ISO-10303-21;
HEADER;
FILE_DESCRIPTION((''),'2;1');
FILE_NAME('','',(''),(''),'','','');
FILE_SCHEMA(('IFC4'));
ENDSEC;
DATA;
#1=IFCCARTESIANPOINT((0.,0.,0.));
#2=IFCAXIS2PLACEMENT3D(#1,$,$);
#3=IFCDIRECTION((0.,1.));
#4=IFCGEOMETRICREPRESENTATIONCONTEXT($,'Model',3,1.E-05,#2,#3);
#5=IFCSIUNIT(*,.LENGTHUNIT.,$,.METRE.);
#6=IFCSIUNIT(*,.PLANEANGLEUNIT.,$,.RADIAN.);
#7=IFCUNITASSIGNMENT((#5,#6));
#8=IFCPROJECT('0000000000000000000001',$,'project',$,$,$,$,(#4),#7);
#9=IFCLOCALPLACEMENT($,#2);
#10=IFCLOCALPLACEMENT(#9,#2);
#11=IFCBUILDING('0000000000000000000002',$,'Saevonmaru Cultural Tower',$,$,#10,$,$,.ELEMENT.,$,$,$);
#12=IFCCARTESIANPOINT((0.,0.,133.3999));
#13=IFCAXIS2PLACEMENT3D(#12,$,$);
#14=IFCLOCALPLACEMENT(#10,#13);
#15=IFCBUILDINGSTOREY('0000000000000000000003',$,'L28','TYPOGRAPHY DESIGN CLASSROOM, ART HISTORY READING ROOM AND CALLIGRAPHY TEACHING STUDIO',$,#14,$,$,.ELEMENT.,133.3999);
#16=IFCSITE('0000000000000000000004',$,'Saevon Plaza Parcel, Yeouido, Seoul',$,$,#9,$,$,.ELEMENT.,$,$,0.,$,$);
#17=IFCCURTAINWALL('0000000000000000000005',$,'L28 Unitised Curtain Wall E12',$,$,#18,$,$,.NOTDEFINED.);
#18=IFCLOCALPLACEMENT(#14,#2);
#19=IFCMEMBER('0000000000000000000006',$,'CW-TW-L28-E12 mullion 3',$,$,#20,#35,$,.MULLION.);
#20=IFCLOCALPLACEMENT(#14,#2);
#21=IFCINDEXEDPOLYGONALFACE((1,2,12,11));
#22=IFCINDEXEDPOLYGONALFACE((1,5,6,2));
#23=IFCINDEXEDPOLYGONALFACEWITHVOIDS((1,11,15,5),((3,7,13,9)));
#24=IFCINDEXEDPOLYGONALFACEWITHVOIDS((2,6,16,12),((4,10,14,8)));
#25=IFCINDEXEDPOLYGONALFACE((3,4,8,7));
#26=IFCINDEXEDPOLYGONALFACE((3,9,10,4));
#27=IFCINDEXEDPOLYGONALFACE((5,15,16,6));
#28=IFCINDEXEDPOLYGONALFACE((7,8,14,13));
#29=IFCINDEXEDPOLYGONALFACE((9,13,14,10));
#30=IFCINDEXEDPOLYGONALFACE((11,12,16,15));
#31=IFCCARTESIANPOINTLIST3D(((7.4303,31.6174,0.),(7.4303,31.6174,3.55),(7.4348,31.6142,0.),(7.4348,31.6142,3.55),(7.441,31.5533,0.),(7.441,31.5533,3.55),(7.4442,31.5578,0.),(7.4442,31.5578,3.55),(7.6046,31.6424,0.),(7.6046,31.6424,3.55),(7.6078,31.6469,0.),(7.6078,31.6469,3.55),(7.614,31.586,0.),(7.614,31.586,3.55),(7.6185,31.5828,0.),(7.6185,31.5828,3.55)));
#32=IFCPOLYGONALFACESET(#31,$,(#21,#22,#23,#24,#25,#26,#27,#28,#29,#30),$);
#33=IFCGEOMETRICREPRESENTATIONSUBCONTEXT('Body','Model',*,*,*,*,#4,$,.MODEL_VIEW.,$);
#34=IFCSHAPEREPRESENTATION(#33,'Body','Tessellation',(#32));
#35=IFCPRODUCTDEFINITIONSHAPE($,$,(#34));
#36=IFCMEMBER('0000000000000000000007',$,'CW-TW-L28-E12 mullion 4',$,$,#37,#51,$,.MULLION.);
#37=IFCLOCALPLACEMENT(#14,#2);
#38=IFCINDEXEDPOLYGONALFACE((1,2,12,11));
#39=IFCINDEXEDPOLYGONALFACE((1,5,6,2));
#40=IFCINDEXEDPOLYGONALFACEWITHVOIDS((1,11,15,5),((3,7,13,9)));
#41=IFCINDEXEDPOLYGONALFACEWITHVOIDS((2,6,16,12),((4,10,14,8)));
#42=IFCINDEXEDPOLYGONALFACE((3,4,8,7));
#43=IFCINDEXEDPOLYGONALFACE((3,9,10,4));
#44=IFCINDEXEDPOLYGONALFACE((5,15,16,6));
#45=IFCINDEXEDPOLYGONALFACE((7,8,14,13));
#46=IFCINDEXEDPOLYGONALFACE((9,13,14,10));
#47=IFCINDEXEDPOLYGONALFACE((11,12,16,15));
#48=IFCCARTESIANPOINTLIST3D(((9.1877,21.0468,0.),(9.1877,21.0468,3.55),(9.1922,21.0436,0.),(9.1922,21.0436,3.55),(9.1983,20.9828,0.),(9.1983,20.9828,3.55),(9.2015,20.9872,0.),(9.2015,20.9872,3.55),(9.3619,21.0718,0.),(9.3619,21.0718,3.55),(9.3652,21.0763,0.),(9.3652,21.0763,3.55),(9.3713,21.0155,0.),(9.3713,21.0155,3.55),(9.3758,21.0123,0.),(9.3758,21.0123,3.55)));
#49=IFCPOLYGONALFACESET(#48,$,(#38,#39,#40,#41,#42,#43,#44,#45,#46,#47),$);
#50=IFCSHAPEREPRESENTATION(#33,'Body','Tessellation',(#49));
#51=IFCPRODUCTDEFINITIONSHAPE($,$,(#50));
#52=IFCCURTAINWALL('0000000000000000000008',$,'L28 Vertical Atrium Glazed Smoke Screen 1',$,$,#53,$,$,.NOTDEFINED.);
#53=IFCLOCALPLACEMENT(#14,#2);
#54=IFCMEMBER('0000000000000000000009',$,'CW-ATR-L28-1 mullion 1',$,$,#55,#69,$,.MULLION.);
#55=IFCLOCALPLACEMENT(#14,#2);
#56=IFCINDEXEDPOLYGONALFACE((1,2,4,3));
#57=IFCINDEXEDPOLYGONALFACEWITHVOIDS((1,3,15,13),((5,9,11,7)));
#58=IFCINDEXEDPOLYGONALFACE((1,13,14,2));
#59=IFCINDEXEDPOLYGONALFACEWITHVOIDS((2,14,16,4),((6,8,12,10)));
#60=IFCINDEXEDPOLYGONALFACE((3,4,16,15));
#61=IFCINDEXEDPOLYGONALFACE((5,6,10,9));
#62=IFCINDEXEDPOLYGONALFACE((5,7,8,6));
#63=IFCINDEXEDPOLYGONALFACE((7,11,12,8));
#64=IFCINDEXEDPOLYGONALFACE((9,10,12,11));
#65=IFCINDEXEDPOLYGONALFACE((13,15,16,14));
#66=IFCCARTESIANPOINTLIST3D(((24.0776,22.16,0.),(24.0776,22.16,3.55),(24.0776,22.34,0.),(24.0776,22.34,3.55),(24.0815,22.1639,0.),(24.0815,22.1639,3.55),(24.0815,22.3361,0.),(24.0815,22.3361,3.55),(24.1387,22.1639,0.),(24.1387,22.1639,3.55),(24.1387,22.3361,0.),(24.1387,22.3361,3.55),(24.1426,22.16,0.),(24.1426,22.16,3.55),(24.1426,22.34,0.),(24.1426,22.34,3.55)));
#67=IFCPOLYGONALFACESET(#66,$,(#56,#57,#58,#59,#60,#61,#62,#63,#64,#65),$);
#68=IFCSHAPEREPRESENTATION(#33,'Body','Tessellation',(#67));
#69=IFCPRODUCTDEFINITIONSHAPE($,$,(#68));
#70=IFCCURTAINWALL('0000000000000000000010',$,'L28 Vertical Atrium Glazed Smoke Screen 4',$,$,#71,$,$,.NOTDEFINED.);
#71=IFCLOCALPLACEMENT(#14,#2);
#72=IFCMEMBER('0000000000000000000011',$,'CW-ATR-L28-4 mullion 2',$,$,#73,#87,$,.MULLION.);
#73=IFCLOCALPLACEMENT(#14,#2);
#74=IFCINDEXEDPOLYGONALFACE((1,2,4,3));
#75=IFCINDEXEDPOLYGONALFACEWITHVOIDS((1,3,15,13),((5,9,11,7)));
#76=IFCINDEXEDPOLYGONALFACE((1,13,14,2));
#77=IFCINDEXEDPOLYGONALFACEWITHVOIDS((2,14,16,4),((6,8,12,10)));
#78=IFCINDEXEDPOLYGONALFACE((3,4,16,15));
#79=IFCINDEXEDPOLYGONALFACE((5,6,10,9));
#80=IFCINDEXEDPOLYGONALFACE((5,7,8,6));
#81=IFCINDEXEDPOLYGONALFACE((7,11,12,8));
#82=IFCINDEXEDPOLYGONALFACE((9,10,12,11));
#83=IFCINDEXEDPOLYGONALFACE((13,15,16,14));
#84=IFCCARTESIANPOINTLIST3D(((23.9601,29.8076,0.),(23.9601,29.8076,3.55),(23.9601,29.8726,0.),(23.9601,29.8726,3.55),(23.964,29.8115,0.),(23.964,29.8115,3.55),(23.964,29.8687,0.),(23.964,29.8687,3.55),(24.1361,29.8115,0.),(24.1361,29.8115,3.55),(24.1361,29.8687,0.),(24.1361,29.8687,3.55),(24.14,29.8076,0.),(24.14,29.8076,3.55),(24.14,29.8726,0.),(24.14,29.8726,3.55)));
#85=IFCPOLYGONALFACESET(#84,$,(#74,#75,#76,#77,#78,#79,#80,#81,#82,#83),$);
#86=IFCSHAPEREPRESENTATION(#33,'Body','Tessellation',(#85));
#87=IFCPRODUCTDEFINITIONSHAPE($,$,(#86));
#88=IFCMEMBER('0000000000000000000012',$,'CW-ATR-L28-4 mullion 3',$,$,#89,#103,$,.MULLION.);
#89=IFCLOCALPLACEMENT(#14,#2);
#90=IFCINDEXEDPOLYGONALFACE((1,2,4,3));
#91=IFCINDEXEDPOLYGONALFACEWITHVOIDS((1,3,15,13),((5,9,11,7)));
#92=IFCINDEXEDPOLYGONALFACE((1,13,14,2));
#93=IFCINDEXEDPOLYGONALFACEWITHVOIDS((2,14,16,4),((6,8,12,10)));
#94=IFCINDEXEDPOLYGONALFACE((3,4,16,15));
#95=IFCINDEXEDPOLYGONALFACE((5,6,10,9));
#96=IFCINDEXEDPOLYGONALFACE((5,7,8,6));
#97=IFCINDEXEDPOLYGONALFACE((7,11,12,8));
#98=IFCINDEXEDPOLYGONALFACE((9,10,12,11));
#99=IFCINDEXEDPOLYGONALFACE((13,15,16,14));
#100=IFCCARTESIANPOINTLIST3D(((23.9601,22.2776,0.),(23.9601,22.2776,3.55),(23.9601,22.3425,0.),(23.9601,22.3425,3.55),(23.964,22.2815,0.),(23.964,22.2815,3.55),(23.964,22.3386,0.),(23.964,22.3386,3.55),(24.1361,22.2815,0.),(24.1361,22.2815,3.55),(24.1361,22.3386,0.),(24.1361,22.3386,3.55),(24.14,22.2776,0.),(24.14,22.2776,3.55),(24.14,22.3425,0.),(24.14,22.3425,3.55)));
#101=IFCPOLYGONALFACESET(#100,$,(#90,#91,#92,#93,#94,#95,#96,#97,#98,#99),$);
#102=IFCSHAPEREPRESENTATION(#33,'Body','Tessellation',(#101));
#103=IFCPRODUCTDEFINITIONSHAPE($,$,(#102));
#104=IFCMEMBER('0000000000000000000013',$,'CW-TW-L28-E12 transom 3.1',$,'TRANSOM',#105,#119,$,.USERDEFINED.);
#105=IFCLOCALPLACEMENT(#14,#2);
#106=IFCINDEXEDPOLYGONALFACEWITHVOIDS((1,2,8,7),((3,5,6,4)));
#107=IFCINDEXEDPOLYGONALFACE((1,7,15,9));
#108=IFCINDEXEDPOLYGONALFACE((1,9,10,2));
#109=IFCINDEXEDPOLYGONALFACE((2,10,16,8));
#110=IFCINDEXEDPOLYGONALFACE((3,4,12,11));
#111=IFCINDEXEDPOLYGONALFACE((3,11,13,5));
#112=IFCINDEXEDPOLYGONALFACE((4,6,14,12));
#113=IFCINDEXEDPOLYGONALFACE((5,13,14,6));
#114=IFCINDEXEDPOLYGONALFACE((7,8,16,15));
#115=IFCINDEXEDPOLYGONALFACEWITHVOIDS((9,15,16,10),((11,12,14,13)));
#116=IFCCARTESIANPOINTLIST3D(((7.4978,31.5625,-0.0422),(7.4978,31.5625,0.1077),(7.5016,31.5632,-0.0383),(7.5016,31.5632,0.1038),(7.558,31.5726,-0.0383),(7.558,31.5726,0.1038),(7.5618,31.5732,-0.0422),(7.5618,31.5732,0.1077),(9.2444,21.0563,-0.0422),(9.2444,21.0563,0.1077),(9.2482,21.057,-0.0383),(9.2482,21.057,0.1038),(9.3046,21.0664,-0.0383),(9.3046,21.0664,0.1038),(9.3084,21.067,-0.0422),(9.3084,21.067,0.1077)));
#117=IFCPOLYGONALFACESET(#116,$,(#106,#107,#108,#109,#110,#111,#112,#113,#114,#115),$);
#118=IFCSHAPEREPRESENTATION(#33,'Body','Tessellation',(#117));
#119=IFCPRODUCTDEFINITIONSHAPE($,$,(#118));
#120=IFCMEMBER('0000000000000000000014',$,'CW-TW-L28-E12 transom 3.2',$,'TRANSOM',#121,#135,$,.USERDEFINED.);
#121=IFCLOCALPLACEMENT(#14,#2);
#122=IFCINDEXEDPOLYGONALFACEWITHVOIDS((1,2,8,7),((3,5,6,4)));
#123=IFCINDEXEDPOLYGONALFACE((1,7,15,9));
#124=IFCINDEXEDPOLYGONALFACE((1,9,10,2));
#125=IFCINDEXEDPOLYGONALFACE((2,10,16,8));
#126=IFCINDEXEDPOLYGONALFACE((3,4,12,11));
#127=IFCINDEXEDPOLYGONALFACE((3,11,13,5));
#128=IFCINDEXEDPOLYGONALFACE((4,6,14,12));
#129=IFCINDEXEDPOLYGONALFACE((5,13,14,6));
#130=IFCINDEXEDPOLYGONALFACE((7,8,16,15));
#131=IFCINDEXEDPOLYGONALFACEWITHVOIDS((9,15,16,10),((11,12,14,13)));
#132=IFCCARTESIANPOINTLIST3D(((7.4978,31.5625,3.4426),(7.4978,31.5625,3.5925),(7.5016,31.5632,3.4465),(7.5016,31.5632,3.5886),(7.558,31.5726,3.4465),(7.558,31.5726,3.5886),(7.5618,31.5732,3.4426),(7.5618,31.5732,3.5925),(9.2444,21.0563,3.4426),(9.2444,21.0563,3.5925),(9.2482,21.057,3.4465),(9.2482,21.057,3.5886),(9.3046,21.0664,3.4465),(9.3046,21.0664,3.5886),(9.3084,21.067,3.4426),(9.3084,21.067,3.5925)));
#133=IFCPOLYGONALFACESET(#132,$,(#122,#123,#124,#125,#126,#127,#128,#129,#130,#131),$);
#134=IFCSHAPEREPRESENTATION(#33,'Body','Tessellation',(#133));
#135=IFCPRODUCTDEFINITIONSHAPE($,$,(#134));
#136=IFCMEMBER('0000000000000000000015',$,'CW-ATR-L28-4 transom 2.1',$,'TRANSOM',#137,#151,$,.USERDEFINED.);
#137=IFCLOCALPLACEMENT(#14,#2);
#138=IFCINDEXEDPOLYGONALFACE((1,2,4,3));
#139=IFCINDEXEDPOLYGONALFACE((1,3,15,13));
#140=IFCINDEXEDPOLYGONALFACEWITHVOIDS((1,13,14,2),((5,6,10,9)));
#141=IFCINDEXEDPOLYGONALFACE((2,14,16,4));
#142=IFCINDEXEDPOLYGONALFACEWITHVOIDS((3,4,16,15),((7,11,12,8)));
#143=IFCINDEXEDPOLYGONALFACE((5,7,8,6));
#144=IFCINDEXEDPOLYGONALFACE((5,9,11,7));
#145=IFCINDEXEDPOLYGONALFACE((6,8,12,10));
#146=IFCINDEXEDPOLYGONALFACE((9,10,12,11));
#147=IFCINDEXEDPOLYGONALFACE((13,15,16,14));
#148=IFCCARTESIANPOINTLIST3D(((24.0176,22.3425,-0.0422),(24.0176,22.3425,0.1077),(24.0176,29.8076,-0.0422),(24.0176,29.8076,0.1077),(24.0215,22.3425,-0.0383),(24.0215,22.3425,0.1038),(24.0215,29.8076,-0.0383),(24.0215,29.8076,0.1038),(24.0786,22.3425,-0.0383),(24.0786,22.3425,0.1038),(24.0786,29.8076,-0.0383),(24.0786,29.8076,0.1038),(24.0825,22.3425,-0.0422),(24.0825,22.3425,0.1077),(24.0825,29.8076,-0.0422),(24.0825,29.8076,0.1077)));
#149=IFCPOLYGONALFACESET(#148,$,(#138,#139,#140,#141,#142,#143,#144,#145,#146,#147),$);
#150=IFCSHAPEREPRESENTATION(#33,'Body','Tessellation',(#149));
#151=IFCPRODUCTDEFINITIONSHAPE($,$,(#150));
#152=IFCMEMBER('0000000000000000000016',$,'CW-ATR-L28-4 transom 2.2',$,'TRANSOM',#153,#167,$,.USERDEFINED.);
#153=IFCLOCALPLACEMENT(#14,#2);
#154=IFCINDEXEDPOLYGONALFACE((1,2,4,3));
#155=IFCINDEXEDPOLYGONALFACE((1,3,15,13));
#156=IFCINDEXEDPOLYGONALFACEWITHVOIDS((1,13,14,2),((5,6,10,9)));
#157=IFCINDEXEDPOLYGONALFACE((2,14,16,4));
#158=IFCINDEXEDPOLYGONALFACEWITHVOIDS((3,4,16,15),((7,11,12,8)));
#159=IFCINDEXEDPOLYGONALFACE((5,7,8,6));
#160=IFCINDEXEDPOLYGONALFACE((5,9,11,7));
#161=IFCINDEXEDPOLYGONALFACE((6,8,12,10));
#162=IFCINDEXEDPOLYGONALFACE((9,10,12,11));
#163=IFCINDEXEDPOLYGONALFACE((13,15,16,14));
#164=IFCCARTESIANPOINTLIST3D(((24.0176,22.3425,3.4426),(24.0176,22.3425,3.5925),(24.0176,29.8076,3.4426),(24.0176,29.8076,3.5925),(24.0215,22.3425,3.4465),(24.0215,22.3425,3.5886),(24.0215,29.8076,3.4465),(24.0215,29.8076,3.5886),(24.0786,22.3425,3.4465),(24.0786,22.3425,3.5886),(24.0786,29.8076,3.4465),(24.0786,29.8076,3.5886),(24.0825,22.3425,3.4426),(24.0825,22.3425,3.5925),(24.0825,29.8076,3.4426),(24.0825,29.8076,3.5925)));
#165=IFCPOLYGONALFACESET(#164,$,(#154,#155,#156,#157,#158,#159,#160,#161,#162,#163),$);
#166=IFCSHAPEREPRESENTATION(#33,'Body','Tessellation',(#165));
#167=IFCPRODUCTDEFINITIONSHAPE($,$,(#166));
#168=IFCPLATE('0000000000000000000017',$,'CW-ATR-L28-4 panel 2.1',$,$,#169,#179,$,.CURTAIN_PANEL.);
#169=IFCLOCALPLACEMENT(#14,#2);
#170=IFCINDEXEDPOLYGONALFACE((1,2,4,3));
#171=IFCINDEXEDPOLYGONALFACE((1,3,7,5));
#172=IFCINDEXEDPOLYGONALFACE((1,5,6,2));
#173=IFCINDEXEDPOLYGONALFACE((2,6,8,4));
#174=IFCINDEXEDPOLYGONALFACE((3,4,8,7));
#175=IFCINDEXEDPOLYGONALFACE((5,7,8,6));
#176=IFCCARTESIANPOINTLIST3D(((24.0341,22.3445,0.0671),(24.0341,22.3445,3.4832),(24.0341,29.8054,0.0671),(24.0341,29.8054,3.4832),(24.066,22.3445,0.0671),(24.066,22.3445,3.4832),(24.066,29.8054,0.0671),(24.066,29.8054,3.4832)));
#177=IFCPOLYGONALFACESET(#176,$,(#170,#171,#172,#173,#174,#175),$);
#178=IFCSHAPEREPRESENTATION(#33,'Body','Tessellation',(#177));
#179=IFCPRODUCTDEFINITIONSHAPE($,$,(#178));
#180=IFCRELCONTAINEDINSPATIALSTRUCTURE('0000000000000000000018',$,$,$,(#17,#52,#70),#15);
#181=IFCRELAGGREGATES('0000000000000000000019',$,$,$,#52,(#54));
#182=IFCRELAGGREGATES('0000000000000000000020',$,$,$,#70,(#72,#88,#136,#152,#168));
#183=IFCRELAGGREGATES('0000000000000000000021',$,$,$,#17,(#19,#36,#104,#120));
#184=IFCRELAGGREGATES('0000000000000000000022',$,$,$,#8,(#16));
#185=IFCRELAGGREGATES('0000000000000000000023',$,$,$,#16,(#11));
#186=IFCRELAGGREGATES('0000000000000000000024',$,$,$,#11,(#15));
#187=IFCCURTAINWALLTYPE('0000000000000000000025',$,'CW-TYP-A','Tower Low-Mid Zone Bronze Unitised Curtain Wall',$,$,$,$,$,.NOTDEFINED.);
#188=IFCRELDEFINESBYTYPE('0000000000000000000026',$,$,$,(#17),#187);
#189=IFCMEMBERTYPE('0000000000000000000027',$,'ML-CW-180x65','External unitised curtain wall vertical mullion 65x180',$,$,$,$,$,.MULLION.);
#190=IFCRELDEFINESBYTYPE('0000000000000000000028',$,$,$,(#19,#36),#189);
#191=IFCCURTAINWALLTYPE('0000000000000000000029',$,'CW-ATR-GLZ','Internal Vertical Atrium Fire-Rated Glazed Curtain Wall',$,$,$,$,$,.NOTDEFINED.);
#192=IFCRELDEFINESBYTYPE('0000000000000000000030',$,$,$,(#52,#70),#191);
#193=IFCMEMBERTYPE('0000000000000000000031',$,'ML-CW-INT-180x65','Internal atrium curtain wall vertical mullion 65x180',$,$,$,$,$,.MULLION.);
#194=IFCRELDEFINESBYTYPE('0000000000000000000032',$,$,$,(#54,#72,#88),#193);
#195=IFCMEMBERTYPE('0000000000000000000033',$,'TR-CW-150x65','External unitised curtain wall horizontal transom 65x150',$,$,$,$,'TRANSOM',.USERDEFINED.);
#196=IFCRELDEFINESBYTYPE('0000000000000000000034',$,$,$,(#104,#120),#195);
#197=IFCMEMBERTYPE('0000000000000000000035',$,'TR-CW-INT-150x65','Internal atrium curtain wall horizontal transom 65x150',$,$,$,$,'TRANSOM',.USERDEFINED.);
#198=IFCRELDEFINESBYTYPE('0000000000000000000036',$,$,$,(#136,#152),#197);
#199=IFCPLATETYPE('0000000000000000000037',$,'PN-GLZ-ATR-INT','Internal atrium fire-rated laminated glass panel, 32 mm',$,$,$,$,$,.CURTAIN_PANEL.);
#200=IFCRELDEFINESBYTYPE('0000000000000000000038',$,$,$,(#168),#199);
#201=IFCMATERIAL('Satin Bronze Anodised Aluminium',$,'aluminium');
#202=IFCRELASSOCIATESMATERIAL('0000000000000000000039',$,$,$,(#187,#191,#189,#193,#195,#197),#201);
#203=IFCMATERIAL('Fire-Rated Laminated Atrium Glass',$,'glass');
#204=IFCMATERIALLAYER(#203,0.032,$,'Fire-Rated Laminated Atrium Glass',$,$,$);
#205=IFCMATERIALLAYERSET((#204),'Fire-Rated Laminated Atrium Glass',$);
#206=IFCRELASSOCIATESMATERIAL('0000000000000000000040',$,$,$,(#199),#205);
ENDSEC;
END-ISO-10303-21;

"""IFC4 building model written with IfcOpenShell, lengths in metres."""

from ifc_helpers import new_model, si_unit, direction, frame, origin, origin_2d, place, context, subcontext, project, spatial, rectangle, hollow_rectangle, extrude, material, layer, layer_set, material_profile, profile_set, type_object, element, aggregate, save


model = new_model("IFC4")

# Units and contexts
model_context = context("Model", 3, precision=1e-05, world=origin(), true_north=direction((0.0, 1.0)))
body_context = subcontext(model_context, "Body", "Model", "MODEL_VIEW")
ifc_project = project(units=[si_unit("LENGTHUNIT", "METRE"), si_unit("PLANEANGLEUNIT", "RADIAN")], contexts=[model_context])

# Site, building, storey
site_placement = place(None, origin())
site = spatial("IfcSite", under=ifc_project, at=site_placement, Name="Saevon Plaza Parcel, Yeouido, Seoul", CompositionType="ELEMENT", RefElevation=0.0)
building_placement = place(site_placement, origin())
building = spatial("IfcBuilding", under=site, at=building_placement, Name="Saevonmaru Cultural Tower", CompositionType="ELEMENT")
storey_placement = place(building_placement, frame((0.0, 0.0, 133.3999)))
storey = spatial("IfcBuildingStorey", under=building, at=storey_placement, Name="L28", Description="TYPOGRAPHY DESIGN CLASSROOM, ART HISTORY READING ROOM AND CALLIGRAPHY TEACHING STUDIO", CompositionType="ELEMENT", Elevation=133.3999)

# Curtain wall, members
ifc_material_1 = material(Name="Satin Bronze Anodised Aluminium", Category="aluminium")
curtain_wall_type_1 = type_object("IfcCurtainWallType", Name="CW-TYP-A", Description="Tower Low-Mid Zone Bronze Unitised Curtain Wall", PredefinedType="NOTDEFINED", material=ifc_material_1)
curtain_wall_1_placement = place(storey_placement, origin())
curtain_wall_1 = element("IfcCurtainWall", 1, at=curtain_wall_1_placement, inside=storey, type_object=curtain_wall_type_1, Name="L28 Unitised Curtain Wall E12", PredefinedType="NOTDEFINED")
ifc_material_profile_1 = material_profile(ifc_material_1, hollow_rectangle(XDim=0.0649, YDim=0.1799, WallThickness=0.0039, at=origin_2d()), Name="ALU-MULL-180x65x4")
ifc_profile_set_1 = profile_set([ifc_material_profile_1], Name="Satin Bronze Anodised Aluminium")
member_type_1 = type_object("IfcMemberType", Name="ML-CW-180x65", Description="External unitised curtain wall vertical mullion 65x180", PredefinedType="MULLION", material=ifc_profile_set_1)
member_1_placement = place(storey_placement, frame((7.5244, 31.6001, 0.0), z_axis=(0.0, 0.0, 1.0), x_axis=(0.163999, -0.986461, 0.0)))
member_1 = element("IfcMember", 2, at=member_1_placement, type_object=member_type_1, Name="CW-TW-L28-E12 mullion 3", PredefinedType="MULLION", context=body_context, shape_type="SweptSolid", body=[
    extrude(hollow_rectangle(XDim=0.0649, YDim=0.1799, WallThickness=0.0039, at=origin_2d()), origin(), (0.0, 0.0, 1.0), 3.55),
])
member_2_placement = place(storey_placement, frame((9.2817, 21.0295, 0.0), z_axis=(0.0, 0.0, 1.0), x_axis=(0.163999, -0.986461, 0.0)))
member_2 = element("IfcMember", 3, at=member_2_placement, type_object=member_type_1, Name="CW-TW-L28-E12 mullion 4", PredefinedType="MULLION", context=body_context, shape_type="SweptSolid", body=[
    extrude(hollow_rectangle(XDim=0.0649, YDim=0.1799, WallThickness=0.0039, at=origin_2d()), origin(), (0.0, 0.0, 1.0), 3.55),
])

# Curtain wall, member
curtain_wall_type_2 = type_object("IfcCurtainWallType", Name="CW-ATR-GLZ", Description="Internal Vertical Atrium Fire-Rated Glazed Curtain Wall", PredefinedType="NOTDEFINED", material=ifc_material_1)
curtain_wall_2_placement = place(storey_placement, origin())
curtain_wall_2 = element("IfcCurtainWall", 4, at=curtain_wall_2_placement, inside=storey, type_object=curtain_wall_type_2, Name="L28 Vertical Atrium Glazed Smoke Screen 1", PredefinedType="NOTDEFINED")
ifc_material_profile_2 = material_profile(ifc_material_1, hollow_rectangle(XDim=0.0649, YDim=0.1799, WallThickness=0.0039, at=origin_2d()), Name="ALU-MULL-180x65x4")
ifc_profile_set_2 = profile_set([ifc_material_profile_2], Name="Satin Bronze Anodised Aluminium")
member_type_2 = type_object("IfcMemberType", Name="ML-CW-INT-180x65", Description="Internal atrium curtain wall vertical mullion 65x180", PredefinedType="MULLION", material=ifc_profile_set_2)
member_3_placement = place(storey_placement, frame((24.1101, 22.25, 0.0), z_axis=(0.0, 0.0, 1.0), x_axis=(1.0, 0.0, 0.0)))
member_3 = element("IfcMember", 5, at=member_3_placement, type_object=member_type_2, Name="CW-ATR-L28-1 mullion 1", PredefinedType="MULLION", context=body_context, shape_type="SweptSolid", body=[
    extrude(hollow_rectangle(XDim=0.0649, YDim=0.1799, WallThickness=0.0039, at=origin_2d()), origin(), (0.0, 0.0, 1.0), 3.55),
])
aggregate(curtain_wall_2, [member_3])

# Curtain wall, members
curtain_wall_3_placement = place(storey_placement, origin())
curtain_wall_3 = element("IfcCurtainWall", 6, at=curtain_wall_3_placement, inside=storey, type_object=curtain_wall_type_2, Name="L28 Vertical Atrium Glazed Smoke Screen 4", PredefinedType="NOTDEFINED")
member_4_placement = place(storey_placement, frame((24.05, 29.8401, 0.0), z_axis=(0.0, 0.0, 1.0), x_axis=(0.0, -1.0, 0.0)))
member_4 = element("IfcMember", 7, at=member_4_placement, type_object=member_type_2, Name="CW-ATR-L28-4 mullion 2", PredefinedType="MULLION", context=body_context, shape_type="SweptSolid", body=[
    extrude(hollow_rectangle(XDim=0.0649, YDim=0.1799, WallThickness=0.0039, at=origin_2d()), origin(), (0.0, 0.0, 1.0), 3.55),
])
member_5_placement = place(storey_placement, frame((24.05, 22.3101, 0.0), z_axis=(0.0, 0.0, 1.0), x_axis=(0.0, -1.0, 0.0)))
member_5 = element("IfcMember", 8, at=member_5_placement, type_object=member_type_2, Name="CW-ATR-L28-4 mullion 3", PredefinedType="MULLION", context=body_context, shape_type="SweptSolid", body=[
    extrude(hollow_rectangle(XDim=0.0649, YDim=0.1799, WallThickness=0.0039, at=origin_2d()), origin(), (0.0, 0.0, 1.0), 3.55),
])

# Members
ifc_material_profile_3 = material_profile(ifc_material_1, hollow_rectangle(XDim=0.0649, YDim=0.1499, WallThickness=0.0039, at=origin_2d()), Name="ALU-TRAN-150x65x4")
ifc_profile_set_3 = profile_set([ifc_material_profile_3], Name="Satin Bronze Anodised Aluminium")
member_type_3 = type_object("IfcMemberType", Name="TR-CW-150x65", Description="External unitised curtain wall horizontal transom 65x150", ElementType="TRANSOM", PredefinedType="USERDEFINED", material=ifc_profile_set_3)
member_6_placement = place(storey_placement, frame((7.5298, 31.5679, 0.0327), z_axis=(0.163994, -0.986461, 0.0), x_axis=(0.986461, 0.163994, 0.0)))
member_6 = element("IfcMember", 9, at=member_6_placement, type_object=member_type_3, Name="CW-TW-L28-E12 transom 3.1", ObjectType="TRANSOM", PredefinedType="USERDEFINED", context=body_context, shape_type="SweptSolid", body=[
    extrude(hollow_rectangle(XDim=0.0649, YDim=0.1499, WallThickness=0.0039, at=origin_2d()), origin(), (0.0, 0.0, 1.0), 10.6504),
])
member_7_placement = place(storey_placement, frame((7.5298, 31.5679, 3.5176), z_axis=(0.163994, -0.986461, 0.0), x_axis=(0.986461, 0.163994, 0.0)))
member_7 = element("IfcMember", 10, at=member_7_placement, type_object=member_type_3, Name="CW-TW-L28-E12 transom 3.2", ObjectType="TRANSOM", PredefinedType="USERDEFINED", context=body_context, shape_type="SweptSolid", body=[
    extrude(hollow_rectangle(XDim=0.0649, YDim=0.1499, WallThickness=0.0039, at=origin_2d()), origin(), (0.0, 0.0, 1.0), 10.6504),
])
ifc_material_profile_4 = material_profile(ifc_material_1, hollow_rectangle(XDim=0.0649, YDim=0.1499, WallThickness=0.0039, at=origin_2d()), Name="ALU-TRAN-150x65x4")
ifc_profile_set_4 = profile_set([ifc_material_profile_4], Name="Satin Bronze Anodised Aluminium")
member_type_4 = type_object("IfcMemberType", Name="TR-CW-INT-150x65", Description="Internal atrium curtain wall horizontal transom 65x150", ElementType="TRANSOM", PredefinedType="USERDEFINED", material=ifc_profile_set_4)
member_8_placement = place(storey_placement, frame((24.05, 29.8076, 0.0327), z_axis=(0.0, -1.0, 0.0), x_axis=(1.0, 0.0, 0.0)))
member_8 = element("IfcMember", 11, at=member_8_placement, type_object=member_type_4, Name="CW-ATR-L28-4 transom 2.1", ObjectType="TRANSOM", PredefinedType="USERDEFINED", context=body_context, shape_type="SweptSolid", body=[
    extrude(hollow_rectangle(XDim=0.0649, YDim=0.1499, WallThickness=0.0039, at=origin_2d()), origin(), (0.0, 0.0, 1.0), 7.4651),
])
member_9_placement = place(storey_placement, frame((24.05, 29.8076, 3.5176), z_axis=(0.0, -1.0, 0.0), x_axis=(1.0, 0.0, 0.0)))
member_9 = element("IfcMember", 12, at=member_9_placement, type_object=member_type_4, Name="CW-ATR-L28-4 transom 2.2", ObjectType="TRANSOM", PredefinedType="USERDEFINED", context=body_context, shape_type="SweptSolid", body=[
    extrude(hollow_rectangle(XDim=0.0649, YDim=0.1499, WallThickness=0.0039, at=origin_2d()), origin(), (0.0, 0.0, 1.0), 7.4651),
])

# Plate
ifc_material_2 = material(Name="Fire-Rated Laminated Atrium Glass", Category="glass")
ifc_layer_1 = layer(ifc_material_2, 0.032, Name="Fire-Rated Laminated Atrium Glass")
ifc_layer_set_1 = layer_set([ifc_layer_1], Name="Fire-Rated Laminated Atrium Glass")
plate_type_1 = type_object("IfcPlateType", Name="PN-GLZ-ATR-INT", Description="Internal atrium fire-rated laminated glass panel, 32 mm", PredefinedType="CURTAIN_PANEL", material=ifc_layer_set_1)
plate_1_placement = place(storey_placement, frame((24.05, 26.075, 0.0671), z_axis=(0.0, 0.0, 1.0), x_axis=(0.0, -1.0, 0.0)))
plate_1 = element("IfcPlate", 13, at=plate_1_placement, type_object=plate_type_1, Name="CW-ATR-L28-4 panel 2.1", PredefinedType="CURTAIN_PANEL", context=body_context, shape_type="SweptSolid", body=[
    extrude(rectangle(XDim=7.4609, YDim=0.032, at=origin_2d()), origin(), (0.0, 0.0, 1.0), 3.416),
])
aggregate(curtain_wall_3, [member_4, member_5, member_8, member_9, plate_1])
aggregate(curtain_wall_1, [member_1, member_2, member_6, member_7])

save(model, "model.ifc")
